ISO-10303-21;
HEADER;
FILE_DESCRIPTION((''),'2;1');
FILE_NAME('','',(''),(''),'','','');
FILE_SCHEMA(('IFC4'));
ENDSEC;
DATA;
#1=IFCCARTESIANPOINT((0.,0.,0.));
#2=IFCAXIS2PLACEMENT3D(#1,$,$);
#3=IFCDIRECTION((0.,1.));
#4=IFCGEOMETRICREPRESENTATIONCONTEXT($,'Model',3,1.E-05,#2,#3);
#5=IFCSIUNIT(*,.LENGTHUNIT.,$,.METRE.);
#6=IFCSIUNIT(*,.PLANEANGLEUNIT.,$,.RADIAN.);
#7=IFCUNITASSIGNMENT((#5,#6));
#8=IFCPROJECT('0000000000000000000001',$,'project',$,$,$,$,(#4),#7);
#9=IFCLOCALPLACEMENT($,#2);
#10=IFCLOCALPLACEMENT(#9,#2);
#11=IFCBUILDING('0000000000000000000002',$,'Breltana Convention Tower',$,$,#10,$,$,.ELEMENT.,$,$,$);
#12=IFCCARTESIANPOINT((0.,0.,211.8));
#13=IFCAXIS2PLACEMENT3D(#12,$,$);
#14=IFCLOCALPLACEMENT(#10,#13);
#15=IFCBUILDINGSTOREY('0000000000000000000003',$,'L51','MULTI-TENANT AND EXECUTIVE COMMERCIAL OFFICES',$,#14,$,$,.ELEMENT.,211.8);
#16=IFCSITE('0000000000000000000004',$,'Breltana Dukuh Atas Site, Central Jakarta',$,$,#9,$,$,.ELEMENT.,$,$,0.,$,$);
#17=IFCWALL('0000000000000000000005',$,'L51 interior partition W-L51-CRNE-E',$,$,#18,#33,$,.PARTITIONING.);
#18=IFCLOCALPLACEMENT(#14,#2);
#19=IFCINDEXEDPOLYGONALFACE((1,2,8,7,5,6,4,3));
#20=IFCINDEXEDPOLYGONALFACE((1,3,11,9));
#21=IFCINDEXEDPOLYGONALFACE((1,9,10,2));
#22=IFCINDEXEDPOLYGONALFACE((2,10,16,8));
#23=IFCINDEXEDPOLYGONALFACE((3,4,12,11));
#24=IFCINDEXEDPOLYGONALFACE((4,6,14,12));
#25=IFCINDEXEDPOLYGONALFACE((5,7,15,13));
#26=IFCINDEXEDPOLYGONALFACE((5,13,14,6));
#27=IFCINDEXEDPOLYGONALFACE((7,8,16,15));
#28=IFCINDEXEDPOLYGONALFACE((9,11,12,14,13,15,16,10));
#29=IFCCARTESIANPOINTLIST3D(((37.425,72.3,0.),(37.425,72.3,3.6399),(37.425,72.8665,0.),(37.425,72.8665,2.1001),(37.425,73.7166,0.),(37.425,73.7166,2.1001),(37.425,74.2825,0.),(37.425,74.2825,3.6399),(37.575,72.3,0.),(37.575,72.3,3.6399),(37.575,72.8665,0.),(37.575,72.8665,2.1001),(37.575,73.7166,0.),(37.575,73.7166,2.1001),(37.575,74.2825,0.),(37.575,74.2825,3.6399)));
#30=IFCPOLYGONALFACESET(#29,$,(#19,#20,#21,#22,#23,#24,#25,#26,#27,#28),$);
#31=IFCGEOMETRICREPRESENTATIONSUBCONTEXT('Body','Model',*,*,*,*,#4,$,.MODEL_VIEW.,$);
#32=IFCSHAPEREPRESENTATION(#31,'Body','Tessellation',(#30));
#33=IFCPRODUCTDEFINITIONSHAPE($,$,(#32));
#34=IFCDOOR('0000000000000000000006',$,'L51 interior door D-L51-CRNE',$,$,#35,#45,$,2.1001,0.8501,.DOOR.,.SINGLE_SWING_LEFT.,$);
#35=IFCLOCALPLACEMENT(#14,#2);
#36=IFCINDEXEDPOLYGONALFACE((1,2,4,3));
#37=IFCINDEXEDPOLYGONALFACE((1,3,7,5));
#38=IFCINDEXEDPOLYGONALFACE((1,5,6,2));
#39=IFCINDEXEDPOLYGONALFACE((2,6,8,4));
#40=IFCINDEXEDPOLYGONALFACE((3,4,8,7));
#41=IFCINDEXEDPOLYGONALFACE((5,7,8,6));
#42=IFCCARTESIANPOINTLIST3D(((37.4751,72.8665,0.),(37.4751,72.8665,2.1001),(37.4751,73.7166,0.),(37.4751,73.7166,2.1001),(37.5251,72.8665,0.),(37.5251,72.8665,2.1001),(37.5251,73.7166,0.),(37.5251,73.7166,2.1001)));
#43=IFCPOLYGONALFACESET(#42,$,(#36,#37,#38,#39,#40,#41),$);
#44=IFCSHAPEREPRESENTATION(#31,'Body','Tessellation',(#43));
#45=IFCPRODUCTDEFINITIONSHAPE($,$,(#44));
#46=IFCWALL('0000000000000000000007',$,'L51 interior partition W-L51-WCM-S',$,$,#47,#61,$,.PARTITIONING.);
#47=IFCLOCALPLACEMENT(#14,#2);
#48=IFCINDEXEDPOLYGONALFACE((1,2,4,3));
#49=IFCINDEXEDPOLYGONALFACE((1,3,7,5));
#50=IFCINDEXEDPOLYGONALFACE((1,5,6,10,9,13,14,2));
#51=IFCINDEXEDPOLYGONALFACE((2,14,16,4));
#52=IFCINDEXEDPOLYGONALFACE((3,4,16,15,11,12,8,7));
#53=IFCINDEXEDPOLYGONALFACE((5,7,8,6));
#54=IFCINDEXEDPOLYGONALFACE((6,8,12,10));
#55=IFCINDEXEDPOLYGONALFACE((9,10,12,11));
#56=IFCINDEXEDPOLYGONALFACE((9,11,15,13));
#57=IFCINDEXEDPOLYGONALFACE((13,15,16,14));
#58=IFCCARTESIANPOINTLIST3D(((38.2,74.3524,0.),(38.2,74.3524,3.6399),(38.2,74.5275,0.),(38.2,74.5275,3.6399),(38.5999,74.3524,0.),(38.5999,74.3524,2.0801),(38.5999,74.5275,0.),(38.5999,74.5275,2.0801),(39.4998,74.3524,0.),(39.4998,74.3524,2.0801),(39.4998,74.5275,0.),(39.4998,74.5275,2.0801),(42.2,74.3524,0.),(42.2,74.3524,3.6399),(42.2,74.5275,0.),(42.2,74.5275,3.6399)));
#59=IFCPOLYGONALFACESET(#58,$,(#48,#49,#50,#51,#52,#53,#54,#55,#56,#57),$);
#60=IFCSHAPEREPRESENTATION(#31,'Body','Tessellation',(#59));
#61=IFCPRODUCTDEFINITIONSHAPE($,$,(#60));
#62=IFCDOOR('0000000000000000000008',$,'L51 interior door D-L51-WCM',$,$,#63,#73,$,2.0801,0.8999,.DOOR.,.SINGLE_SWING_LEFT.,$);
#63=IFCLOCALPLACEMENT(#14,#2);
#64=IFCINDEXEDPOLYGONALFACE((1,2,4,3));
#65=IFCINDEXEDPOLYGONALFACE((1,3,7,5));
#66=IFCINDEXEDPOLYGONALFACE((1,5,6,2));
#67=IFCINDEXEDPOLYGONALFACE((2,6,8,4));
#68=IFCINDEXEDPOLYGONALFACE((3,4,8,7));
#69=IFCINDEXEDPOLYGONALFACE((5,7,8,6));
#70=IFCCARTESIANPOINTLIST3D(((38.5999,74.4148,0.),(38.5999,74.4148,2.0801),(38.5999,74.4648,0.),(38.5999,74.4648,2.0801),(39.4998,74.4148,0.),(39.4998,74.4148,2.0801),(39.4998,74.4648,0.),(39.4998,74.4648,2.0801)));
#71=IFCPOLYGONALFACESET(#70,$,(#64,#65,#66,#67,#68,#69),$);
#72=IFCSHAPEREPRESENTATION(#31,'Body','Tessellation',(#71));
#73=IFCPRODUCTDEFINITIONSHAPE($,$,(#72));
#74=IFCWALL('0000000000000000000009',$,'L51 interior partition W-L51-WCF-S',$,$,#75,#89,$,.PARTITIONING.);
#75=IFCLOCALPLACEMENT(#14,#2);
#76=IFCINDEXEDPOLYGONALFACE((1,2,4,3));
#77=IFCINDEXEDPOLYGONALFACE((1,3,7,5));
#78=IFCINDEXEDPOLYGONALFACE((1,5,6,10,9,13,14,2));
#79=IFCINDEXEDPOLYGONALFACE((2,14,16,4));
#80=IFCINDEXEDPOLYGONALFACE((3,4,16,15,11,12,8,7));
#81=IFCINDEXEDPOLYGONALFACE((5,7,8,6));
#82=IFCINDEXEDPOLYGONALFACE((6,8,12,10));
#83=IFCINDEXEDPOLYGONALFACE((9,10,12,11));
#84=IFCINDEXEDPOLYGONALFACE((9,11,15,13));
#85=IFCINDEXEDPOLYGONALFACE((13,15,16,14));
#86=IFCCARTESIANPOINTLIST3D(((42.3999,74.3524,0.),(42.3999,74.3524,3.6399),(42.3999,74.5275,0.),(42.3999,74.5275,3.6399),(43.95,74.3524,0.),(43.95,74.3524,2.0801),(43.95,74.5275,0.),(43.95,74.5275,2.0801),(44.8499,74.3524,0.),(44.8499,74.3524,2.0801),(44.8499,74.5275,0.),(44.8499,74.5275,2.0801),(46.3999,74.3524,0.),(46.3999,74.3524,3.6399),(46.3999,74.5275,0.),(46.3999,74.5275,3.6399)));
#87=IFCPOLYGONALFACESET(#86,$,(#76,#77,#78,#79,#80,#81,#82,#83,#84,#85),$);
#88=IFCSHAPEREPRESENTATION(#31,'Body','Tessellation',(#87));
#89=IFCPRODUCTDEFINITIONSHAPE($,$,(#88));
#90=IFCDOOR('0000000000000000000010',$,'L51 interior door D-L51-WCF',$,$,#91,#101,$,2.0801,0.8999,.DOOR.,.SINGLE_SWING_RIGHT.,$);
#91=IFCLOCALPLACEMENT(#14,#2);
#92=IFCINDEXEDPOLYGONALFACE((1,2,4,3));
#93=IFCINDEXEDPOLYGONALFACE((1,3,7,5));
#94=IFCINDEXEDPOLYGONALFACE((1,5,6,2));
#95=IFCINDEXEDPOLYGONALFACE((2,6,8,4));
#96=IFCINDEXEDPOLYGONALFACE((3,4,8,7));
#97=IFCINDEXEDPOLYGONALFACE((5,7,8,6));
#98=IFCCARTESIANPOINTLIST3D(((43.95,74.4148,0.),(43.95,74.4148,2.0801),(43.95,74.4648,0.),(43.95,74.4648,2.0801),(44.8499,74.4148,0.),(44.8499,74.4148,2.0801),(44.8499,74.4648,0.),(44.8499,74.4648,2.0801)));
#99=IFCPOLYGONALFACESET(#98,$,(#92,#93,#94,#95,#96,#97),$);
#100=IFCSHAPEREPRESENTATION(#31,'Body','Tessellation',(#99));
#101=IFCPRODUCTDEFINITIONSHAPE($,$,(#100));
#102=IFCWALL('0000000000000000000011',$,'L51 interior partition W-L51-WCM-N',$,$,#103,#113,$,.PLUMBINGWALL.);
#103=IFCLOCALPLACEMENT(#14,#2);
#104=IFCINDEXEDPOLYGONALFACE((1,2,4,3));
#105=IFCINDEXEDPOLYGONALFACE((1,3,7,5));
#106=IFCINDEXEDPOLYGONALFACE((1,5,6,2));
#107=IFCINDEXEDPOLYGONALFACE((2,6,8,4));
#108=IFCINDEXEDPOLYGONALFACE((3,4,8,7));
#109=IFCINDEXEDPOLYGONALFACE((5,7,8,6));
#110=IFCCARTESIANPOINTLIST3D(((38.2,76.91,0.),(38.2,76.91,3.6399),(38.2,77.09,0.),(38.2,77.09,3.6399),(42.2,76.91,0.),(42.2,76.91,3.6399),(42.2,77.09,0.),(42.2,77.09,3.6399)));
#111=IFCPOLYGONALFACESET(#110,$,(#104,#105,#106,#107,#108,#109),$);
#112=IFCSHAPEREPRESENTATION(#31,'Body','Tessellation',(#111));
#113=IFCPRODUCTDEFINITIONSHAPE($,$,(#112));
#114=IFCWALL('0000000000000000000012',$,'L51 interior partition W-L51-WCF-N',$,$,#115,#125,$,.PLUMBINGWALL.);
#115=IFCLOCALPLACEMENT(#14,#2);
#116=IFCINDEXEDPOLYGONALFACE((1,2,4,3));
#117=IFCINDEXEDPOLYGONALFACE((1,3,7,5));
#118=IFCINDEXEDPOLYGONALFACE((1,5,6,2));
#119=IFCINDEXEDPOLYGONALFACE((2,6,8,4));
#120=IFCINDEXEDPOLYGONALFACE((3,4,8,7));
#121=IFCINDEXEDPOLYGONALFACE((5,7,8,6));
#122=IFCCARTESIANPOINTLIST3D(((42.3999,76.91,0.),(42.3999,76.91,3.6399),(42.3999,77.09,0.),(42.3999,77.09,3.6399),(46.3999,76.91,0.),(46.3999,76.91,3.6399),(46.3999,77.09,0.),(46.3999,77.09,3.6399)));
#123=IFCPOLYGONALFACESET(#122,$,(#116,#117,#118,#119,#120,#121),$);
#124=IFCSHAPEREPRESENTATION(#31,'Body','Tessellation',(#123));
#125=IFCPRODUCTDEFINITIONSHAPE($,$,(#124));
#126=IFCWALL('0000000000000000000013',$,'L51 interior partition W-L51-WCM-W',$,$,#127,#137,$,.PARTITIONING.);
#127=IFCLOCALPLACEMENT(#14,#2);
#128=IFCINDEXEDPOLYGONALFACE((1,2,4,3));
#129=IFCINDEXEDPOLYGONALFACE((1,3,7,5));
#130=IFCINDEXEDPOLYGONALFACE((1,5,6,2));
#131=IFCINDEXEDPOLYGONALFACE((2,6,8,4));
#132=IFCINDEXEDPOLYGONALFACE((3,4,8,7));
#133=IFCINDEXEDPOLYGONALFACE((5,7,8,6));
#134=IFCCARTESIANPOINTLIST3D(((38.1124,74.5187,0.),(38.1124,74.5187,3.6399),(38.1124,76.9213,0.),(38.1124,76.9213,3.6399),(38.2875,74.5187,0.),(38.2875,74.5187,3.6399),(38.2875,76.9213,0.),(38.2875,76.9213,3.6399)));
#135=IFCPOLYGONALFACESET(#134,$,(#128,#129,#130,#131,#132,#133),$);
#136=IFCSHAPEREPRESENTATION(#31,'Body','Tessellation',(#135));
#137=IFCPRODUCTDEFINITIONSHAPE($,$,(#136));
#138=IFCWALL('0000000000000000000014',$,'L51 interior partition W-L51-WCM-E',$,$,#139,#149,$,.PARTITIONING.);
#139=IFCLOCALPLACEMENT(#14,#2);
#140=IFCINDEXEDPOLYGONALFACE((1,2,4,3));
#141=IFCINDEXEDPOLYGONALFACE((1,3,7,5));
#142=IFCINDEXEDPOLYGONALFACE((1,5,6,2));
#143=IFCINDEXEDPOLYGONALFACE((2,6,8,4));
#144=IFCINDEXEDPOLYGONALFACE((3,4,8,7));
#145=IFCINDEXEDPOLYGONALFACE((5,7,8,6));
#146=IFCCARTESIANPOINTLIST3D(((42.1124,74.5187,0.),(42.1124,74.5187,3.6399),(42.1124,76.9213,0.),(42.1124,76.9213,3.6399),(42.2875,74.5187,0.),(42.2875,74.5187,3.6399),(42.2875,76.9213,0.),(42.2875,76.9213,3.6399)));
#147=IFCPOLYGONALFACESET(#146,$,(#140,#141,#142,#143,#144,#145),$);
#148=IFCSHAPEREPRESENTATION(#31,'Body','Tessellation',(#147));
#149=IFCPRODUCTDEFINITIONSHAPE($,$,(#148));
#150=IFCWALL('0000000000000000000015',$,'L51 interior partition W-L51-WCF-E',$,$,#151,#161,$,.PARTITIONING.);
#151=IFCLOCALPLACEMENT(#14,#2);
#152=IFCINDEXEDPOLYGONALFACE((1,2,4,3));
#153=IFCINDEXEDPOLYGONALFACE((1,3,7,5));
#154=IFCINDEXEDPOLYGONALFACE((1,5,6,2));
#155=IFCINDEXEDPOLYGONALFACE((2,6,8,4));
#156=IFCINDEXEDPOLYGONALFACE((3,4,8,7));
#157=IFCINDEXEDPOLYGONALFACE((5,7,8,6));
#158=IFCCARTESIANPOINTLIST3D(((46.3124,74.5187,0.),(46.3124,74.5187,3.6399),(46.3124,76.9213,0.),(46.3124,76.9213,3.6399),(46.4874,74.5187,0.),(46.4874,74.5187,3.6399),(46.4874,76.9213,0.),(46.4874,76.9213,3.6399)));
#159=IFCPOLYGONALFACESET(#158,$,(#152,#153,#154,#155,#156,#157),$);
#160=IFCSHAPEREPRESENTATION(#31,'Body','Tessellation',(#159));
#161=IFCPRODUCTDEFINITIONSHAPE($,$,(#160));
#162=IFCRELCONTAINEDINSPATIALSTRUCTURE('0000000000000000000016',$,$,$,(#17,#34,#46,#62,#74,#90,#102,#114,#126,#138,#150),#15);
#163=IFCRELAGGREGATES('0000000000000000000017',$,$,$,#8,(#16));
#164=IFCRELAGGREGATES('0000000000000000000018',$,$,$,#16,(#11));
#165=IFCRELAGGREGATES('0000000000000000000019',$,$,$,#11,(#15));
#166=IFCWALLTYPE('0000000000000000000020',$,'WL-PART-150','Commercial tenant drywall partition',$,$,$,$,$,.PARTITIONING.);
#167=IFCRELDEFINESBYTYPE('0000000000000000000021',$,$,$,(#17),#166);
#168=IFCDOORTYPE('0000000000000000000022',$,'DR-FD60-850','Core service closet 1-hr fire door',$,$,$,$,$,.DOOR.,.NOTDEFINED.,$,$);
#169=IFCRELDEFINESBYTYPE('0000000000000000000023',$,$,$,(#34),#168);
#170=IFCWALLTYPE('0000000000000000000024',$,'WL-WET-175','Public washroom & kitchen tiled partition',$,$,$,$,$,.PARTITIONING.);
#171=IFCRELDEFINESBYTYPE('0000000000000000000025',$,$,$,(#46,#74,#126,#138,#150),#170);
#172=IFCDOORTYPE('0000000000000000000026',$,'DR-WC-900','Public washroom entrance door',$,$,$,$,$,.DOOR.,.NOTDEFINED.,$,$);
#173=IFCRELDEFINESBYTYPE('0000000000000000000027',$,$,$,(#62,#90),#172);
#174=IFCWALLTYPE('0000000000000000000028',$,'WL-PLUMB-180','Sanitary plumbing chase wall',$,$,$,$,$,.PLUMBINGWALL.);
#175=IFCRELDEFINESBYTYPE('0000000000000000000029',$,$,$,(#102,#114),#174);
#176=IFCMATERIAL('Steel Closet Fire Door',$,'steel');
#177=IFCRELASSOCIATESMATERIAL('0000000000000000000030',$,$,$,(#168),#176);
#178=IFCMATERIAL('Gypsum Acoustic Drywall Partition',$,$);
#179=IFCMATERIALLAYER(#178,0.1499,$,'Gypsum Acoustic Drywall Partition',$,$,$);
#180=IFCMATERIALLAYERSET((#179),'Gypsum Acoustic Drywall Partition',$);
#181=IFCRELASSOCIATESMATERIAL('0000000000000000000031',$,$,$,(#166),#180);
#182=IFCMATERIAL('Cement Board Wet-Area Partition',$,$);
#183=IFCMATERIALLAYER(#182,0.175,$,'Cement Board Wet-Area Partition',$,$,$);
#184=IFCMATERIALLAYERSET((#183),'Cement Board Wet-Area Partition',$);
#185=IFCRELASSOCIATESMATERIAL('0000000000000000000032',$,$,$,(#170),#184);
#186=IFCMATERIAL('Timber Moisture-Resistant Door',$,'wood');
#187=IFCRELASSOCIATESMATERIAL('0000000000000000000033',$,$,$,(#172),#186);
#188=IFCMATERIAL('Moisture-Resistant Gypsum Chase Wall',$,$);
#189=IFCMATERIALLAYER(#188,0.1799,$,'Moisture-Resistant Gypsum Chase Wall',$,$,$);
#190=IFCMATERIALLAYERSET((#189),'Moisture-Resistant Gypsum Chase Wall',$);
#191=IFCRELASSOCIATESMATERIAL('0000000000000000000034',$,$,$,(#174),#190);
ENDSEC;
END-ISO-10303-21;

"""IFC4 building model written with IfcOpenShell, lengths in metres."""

from ifc_helpers import new_model, si_unit, direction, frame, frame_2d, origin, place, context, subcontext, project, spatial, rectangle, extrude, source, transform, mapped, material, layer, layer_set, type_object, type_shapes, element, fill, save


model = new_model("IFC4")

# Units and contexts
model_context = context("Model", 3, precision=1e-05, world=origin(), true_north=direction((0.0, 1.0)))
body_context = subcontext(model_context, "Body", "Model", "MODEL_VIEW")
ifc_project = project(units=[si_unit("LENGTHUNIT", "METRE"), si_unit("PLANEANGLEUNIT", "RADIAN")], contexts=[model_context])

# Site, building, storey
site_placement = place(None, origin())
site = spatial("IfcSite", under=ifc_project, at=site_placement, Name="Breltana Dukuh Atas Site, Central Jakarta", CompositionType="ELEMENT", RefElevation=0.0)
building_placement = place(site_placement, origin())
building = spatial("IfcBuilding", under=site, at=building_placement, Name="Breltana Convention Tower", CompositionType="ELEMENT")
storey_placement = place(building_placement, frame((0.0, 0.0, 211.8)))
storey = spatial("IfcBuildingStorey", under=building, at=storey_placement, Name="L51", Description="MULTI-TENANT AND EXECUTIVE COMMERCIAL OFFICES", CompositionType="ELEMENT", Elevation=211.8)

# Shared definitions
ifc_material_1 = material(Name="Steel Closet Fire Door", Category="steel")
door_type_1 = type_object("IfcDoorType", Name="DR-FD60-850", Description="Core service closet 1-hr fire door", OperationType="NOTDEFINED", PredefinedType="DOOR", material=ifc_material_1)
shared_shape_1 = source(origin(), body_context, "Body", "SweptSolid", [
    extrude(rectangle(XDim=0.8501, YDim=2.1001, at=frame_2d((0.425, 1.05))), frame((0.0, 0.0249, 0.0), z_axis=(0.0, -1.0, 0.0), x_axis=(1.0, 0.0, 0.0)), (0.0, 0.0, 1.0), 0.05),
])
type_shapes(door_type_1, [shared_shape_1])

# Walls, openings, doors
ifc_material_2 = material(Name="Gypsum Acoustic Drywall Partition")
ifc_layer_1 = layer(ifc_material_2, 0.1499, Name="Gypsum Acoustic Drywall Partition")
ifc_layer_set_1 = layer_set([ifc_layer_1], Name="Gypsum Acoustic Drywall Partition")
wall_type_1 = type_object("IfcWallType", Name="WL-PART-150", Description="Commercial tenant drywall partition", PredefinedType="PARTITIONING", material=ifc_layer_set_1)
shared_shape_2 = source(origin(), body_context, "Body", "SweptSolid", [
    extrude(rectangle(XDim=1.9824, YDim=0.1499, at=frame_2d((0.9912, 0.0))), origin(), (0.0, 0.0, 1.0), 3.6399),
])
wall_1_placement = place(storey_placement, frame((37.5, 72.3, 0.0), z_axis=(0.0, 0.0, 1.0), x_axis=(0.0, 1.0, 0.0)))
wall_1 = element("IfcWall", 1, at=wall_1_placement, inside=storey, type_object=wall_type_1, Name="L51 interior partition W-L51-CRNE-E", PredefinedType="PARTITIONING", context=body_context, shape_type="MappedRepresentation", body=[
    mapped(shared_shape_2, transform((0.0, 0.0, 0.0), scale=1.0)),
])
opening_1_placement = place(wall_1_placement, frame((0.5664, 0.0, 0.0)))
opening_1 = element("IfcOpeningElement", 2, at=opening_1_placement, cuts=wall_1, PredefinedType="OPENING", context=body_context, shape_type="SweptSolid", body=[
    extrude(rectangle(XDim=0.8501, YDim=2.1001, at=frame_2d((0.425, 1.05))), frame((0.0, 0.085, 0.0), z_axis=(0.0, -1.0, 0.0), x_axis=(1.0, 0.0, 0.0)), (0.0, 0.0, 1.0), 0.1699),
])
door_1_placement = place(opening_1_placement, origin())
door_1 = element("IfcDoor", 3, at=door_1_placement, inside=storey, type_object=door_type_1, Name="L51 interior door D-L51-CRNE", OperationType="SINGLE_SWING_LEFT", OverallHeight=2.1001, OverallWidth=0.8501, PredefinedType="DOOR", context=body_context, shape_type="MappedRepresentation", body=[
    mapped(shared_shape_1, transform((0.0, 0.0, 0.0), scale=1.0)),
])
fill(opening_1, door_1)
ifc_material_3 = material(Name="Cement Board Wet-Area Partition")
ifc_layer_2 = layer(ifc_material_3, 0.175, Name="Cement Board Wet-Area Partition")
ifc_layer_set_2 = layer_set([ifc_layer_2], Name="Cement Board Wet-Area Partition")
wall_type_2 = type_object("IfcWallType", Name="WL-WET-175", Description="Public washroom & kitchen tiled partition", PredefinedType="PARTITIONING", material=ifc_layer_set_2)
shared_shape_3 = source(origin(), body_context, "Body", "SweptSolid", [
    extrude(rectangle(XDim=4.0, YDim=0.175, at=frame_2d((2.0, 0.0))), origin(), (0.0, 0.0, 1.0), 3.6399),
])
wall_2_placement = place(storey_placement, frame((38.2, 74.4399, 0.0), z_axis=(0.0, 0.0, 1.0), x_axis=(1.0, 0.0, 0.0)))
wall_2 = element("IfcWall", 4, at=wall_2_placement, inside=storey, type_object=wall_type_2, Name="L51 interior partition W-L51-WCM-S", PredefinedType="PARTITIONING", context=body_context, shape_type="MappedRepresentation", body=[
    mapped(shared_shape_3, transform((0.0, 0.0, 0.0), scale=1.0)),
])
opening_2_placement = place(wall_2_placement, frame((0.3999, 0.0, 0.0)))
opening_2 = element("IfcOpeningElement", 5, at=opening_2_placement, cuts=wall_2, PredefinedType="OPENING", context=body_context, shape_type="SweptSolid", body=[
    extrude(rectangle(XDim=0.8999, YDim=2.0801, at=frame_2d((0.45, 1.04))), frame((0.0, 0.0977, 0.0), z_axis=(0.0, -1.0, 0.0), x_axis=(1.0, 0.0, 0.0)), (0.0, 0.0, 1.0), 0.1951),
])
ifc_material_4 = material(Name="Timber Moisture-Resistant Door", Category="wood")
door_type_2 = type_object("IfcDoorType", Name="DR-WC-900", Description="Public washroom entrance door", OperationType="NOTDEFINED", PredefinedType="DOOR", material=ifc_material_4)
shared_shape_4 = source(origin(), body_context, "Body", "SweptSolid", [
    extrude(rectangle(XDim=0.8999, YDim=2.0801, at=frame_2d((0.45, 1.04))), frame((0.0, 0.0249, 0.0), z_axis=(0.0, -1.0, 0.0), x_axis=(1.0, 0.0, 0.0)), (0.0, 0.0, 1.0), 0.05),
])
type_shapes(door_type_2, [shared_shape_4])
door_2_placement = place(opening_2_placement, origin())
door_2 = element("IfcDoor", 6, at=door_2_placement, inside=storey, type_object=door_type_2, Name="L51 interior door D-L51-WCM", OperationType="SINGLE_SWING_LEFT", OverallHeight=2.0801, OverallWidth=0.8999, PredefinedType="DOOR", context=body_context, shape_type="MappedRepresentation", body=[
    mapped(shared_shape_4, transform((0.0, 0.0, 0.0), scale=1.0)),
])
fill(opening_2, door_2)
wall_3_placement = place(storey_placement, frame((42.3999, 74.4399, 0.0), z_axis=(0.0, 0.0, 1.0), x_axis=(1.0, 0.0, 0.0)))
wall_3 = element("IfcWall", 7, at=wall_3_placement, inside=storey, type_object=wall_type_2, Name="L51 interior partition W-L51-WCF-S", PredefinedType="PARTITIONING", context=body_context, shape_type="MappedRepresentation", body=[
    mapped(shared_shape_3, transform((0.0, 0.0, 0.0), scale=1.0)),
])
opening_3_placement = place(wall_3_placement, frame((1.55, 0.0, 0.0)))
opening_3 = element("IfcOpeningElement", 8, at=opening_3_placement, cuts=wall_3, PredefinedType="OPENING", context=body_context, shape_type="SweptSolid", body=[
    extrude(rectangle(XDim=0.8999, YDim=2.0801, at=frame_2d((0.45, 1.04))), frame((0.0, 0.0977, 0.0), z_axis=(0.0, -1.0, 0.0), x_axis=(1.0, 0.0, 0.0)), (0.0, 0.0, 1.0), 0.1951),
])
door_3_placement = place(opening_3_placement, origin())
door_3 = element("IfcDoor", 9, at=door_3_placement, inside=storey, type_object=door_type_2, Name="L51 interior door D-L51-WCF", OperationType="SINGLE_SWING_RIGHT", OverallHeight=2.0801, OverallWidth=0.8999, PredefinedType="DOOR", context=body_context, shape_type="MappedRepresentation", body=[
    mapped(shared_shape_4, transform((0.0, 0.0, 0.0), scale=1.0)),
])
fill(opening_3, door_3)

# Walls
ifc_material_5 = material(Name="Moisture-Resistant Gypsum Chase Wall")
ifc_layer_3 = layer(ifc_material_5, 0.1799, Name="Moisture-Resistant Gypsum Chase Wall")
ifc_layer_set_3 = layer_set([ifc_layer_3], Name="Moisture-Resistant Gypsum Chase Wall")
wall_type_3 = type_object("IfcWallType", Name="WL-PLUMB-180", Description="Sanitary plumbing chase wall", PredefinedType="PLUMBINGWALL", material=ifc_layer_set_3)
shared_shape_5 = source(origin(), body_context, "Body", "SweptSolid", [
    extrude(rectangle(XDim=4.0, YDim=0.1799, at=frame_2d((2.0, 0.0))), origin(), (0.0, 0.0, 1.0), 3.6399),
])
for number, where, z_axis, x_axis, name in (
    (10, (38.2, 77.0, 0.0), (0.0, 0.0, 1.0), (1.0, 0.0, 0.0), "L51 interior partition W-L51-WCM-N"),
    (11, (42.3999, 77.0, 0.0), (0.0, 0.0, 1.0), (1.0, 0.0, 0.0), "L51 interior partition W-L51-WCF-N"),
):
    element("IfcWall", number, at=place(storey_placement, frame(where, z_axis=z_axis, x_axis=x_axis)), inside=storey, type_object=wall_type_3, Name=name, PredefinedType="PLUMBINGWALL", context=body_context, shape_type="MappedRepresentation", body=[
        mapped(shared_shape_5, transform((0.0, 0.0, 0.0), scale=1.0)),
    ])
shared_shape_6 = source(origin(), body_context, "Body", "SweptSolid", [
    extrude(rectangle(XDim=2.4026, YDim=0.175, at=frame_2d((1.2012, 0.0))), origin(), (0.0, 0.0, 1.0), 3.6399),
])
for number, where, z_axis, x_axis, name in (
    (12, (38.2, 74.5188, 0.0), (0.0, 0.0, 1.0), (0.0, 1.0, 0.0), "L51 interior partition W-L51-WCM-W"),
    (13, (42.2, 74.5188, 0.0), (0.0, 0.0, 1.0), (0.0, 1.0, 0.0), "L51 interior partition W-L51-WCM-E"),
    (14, (46.3999, 74.5188, 0.0), (0.0, 0.0, 1.0), (0.0, 1.0, 0.0), "L51 interior partition W-L51-WCF-E"),
):
    element("IfcWall", number, at=place(storey_placement, frame(where, z_axis=z_axis, x_axis=x_axis)), inside=storey, type_object=wall_type_2, Name=name, PredefinedType="PARTITIONING", context=body_context, shape_type="MappedRepresentation", body=[
        mapped(shared_shape_6, transform((0.0, 0.0, 0.0), scale=1.0)),
    ])

save(model, "model.ifc")
